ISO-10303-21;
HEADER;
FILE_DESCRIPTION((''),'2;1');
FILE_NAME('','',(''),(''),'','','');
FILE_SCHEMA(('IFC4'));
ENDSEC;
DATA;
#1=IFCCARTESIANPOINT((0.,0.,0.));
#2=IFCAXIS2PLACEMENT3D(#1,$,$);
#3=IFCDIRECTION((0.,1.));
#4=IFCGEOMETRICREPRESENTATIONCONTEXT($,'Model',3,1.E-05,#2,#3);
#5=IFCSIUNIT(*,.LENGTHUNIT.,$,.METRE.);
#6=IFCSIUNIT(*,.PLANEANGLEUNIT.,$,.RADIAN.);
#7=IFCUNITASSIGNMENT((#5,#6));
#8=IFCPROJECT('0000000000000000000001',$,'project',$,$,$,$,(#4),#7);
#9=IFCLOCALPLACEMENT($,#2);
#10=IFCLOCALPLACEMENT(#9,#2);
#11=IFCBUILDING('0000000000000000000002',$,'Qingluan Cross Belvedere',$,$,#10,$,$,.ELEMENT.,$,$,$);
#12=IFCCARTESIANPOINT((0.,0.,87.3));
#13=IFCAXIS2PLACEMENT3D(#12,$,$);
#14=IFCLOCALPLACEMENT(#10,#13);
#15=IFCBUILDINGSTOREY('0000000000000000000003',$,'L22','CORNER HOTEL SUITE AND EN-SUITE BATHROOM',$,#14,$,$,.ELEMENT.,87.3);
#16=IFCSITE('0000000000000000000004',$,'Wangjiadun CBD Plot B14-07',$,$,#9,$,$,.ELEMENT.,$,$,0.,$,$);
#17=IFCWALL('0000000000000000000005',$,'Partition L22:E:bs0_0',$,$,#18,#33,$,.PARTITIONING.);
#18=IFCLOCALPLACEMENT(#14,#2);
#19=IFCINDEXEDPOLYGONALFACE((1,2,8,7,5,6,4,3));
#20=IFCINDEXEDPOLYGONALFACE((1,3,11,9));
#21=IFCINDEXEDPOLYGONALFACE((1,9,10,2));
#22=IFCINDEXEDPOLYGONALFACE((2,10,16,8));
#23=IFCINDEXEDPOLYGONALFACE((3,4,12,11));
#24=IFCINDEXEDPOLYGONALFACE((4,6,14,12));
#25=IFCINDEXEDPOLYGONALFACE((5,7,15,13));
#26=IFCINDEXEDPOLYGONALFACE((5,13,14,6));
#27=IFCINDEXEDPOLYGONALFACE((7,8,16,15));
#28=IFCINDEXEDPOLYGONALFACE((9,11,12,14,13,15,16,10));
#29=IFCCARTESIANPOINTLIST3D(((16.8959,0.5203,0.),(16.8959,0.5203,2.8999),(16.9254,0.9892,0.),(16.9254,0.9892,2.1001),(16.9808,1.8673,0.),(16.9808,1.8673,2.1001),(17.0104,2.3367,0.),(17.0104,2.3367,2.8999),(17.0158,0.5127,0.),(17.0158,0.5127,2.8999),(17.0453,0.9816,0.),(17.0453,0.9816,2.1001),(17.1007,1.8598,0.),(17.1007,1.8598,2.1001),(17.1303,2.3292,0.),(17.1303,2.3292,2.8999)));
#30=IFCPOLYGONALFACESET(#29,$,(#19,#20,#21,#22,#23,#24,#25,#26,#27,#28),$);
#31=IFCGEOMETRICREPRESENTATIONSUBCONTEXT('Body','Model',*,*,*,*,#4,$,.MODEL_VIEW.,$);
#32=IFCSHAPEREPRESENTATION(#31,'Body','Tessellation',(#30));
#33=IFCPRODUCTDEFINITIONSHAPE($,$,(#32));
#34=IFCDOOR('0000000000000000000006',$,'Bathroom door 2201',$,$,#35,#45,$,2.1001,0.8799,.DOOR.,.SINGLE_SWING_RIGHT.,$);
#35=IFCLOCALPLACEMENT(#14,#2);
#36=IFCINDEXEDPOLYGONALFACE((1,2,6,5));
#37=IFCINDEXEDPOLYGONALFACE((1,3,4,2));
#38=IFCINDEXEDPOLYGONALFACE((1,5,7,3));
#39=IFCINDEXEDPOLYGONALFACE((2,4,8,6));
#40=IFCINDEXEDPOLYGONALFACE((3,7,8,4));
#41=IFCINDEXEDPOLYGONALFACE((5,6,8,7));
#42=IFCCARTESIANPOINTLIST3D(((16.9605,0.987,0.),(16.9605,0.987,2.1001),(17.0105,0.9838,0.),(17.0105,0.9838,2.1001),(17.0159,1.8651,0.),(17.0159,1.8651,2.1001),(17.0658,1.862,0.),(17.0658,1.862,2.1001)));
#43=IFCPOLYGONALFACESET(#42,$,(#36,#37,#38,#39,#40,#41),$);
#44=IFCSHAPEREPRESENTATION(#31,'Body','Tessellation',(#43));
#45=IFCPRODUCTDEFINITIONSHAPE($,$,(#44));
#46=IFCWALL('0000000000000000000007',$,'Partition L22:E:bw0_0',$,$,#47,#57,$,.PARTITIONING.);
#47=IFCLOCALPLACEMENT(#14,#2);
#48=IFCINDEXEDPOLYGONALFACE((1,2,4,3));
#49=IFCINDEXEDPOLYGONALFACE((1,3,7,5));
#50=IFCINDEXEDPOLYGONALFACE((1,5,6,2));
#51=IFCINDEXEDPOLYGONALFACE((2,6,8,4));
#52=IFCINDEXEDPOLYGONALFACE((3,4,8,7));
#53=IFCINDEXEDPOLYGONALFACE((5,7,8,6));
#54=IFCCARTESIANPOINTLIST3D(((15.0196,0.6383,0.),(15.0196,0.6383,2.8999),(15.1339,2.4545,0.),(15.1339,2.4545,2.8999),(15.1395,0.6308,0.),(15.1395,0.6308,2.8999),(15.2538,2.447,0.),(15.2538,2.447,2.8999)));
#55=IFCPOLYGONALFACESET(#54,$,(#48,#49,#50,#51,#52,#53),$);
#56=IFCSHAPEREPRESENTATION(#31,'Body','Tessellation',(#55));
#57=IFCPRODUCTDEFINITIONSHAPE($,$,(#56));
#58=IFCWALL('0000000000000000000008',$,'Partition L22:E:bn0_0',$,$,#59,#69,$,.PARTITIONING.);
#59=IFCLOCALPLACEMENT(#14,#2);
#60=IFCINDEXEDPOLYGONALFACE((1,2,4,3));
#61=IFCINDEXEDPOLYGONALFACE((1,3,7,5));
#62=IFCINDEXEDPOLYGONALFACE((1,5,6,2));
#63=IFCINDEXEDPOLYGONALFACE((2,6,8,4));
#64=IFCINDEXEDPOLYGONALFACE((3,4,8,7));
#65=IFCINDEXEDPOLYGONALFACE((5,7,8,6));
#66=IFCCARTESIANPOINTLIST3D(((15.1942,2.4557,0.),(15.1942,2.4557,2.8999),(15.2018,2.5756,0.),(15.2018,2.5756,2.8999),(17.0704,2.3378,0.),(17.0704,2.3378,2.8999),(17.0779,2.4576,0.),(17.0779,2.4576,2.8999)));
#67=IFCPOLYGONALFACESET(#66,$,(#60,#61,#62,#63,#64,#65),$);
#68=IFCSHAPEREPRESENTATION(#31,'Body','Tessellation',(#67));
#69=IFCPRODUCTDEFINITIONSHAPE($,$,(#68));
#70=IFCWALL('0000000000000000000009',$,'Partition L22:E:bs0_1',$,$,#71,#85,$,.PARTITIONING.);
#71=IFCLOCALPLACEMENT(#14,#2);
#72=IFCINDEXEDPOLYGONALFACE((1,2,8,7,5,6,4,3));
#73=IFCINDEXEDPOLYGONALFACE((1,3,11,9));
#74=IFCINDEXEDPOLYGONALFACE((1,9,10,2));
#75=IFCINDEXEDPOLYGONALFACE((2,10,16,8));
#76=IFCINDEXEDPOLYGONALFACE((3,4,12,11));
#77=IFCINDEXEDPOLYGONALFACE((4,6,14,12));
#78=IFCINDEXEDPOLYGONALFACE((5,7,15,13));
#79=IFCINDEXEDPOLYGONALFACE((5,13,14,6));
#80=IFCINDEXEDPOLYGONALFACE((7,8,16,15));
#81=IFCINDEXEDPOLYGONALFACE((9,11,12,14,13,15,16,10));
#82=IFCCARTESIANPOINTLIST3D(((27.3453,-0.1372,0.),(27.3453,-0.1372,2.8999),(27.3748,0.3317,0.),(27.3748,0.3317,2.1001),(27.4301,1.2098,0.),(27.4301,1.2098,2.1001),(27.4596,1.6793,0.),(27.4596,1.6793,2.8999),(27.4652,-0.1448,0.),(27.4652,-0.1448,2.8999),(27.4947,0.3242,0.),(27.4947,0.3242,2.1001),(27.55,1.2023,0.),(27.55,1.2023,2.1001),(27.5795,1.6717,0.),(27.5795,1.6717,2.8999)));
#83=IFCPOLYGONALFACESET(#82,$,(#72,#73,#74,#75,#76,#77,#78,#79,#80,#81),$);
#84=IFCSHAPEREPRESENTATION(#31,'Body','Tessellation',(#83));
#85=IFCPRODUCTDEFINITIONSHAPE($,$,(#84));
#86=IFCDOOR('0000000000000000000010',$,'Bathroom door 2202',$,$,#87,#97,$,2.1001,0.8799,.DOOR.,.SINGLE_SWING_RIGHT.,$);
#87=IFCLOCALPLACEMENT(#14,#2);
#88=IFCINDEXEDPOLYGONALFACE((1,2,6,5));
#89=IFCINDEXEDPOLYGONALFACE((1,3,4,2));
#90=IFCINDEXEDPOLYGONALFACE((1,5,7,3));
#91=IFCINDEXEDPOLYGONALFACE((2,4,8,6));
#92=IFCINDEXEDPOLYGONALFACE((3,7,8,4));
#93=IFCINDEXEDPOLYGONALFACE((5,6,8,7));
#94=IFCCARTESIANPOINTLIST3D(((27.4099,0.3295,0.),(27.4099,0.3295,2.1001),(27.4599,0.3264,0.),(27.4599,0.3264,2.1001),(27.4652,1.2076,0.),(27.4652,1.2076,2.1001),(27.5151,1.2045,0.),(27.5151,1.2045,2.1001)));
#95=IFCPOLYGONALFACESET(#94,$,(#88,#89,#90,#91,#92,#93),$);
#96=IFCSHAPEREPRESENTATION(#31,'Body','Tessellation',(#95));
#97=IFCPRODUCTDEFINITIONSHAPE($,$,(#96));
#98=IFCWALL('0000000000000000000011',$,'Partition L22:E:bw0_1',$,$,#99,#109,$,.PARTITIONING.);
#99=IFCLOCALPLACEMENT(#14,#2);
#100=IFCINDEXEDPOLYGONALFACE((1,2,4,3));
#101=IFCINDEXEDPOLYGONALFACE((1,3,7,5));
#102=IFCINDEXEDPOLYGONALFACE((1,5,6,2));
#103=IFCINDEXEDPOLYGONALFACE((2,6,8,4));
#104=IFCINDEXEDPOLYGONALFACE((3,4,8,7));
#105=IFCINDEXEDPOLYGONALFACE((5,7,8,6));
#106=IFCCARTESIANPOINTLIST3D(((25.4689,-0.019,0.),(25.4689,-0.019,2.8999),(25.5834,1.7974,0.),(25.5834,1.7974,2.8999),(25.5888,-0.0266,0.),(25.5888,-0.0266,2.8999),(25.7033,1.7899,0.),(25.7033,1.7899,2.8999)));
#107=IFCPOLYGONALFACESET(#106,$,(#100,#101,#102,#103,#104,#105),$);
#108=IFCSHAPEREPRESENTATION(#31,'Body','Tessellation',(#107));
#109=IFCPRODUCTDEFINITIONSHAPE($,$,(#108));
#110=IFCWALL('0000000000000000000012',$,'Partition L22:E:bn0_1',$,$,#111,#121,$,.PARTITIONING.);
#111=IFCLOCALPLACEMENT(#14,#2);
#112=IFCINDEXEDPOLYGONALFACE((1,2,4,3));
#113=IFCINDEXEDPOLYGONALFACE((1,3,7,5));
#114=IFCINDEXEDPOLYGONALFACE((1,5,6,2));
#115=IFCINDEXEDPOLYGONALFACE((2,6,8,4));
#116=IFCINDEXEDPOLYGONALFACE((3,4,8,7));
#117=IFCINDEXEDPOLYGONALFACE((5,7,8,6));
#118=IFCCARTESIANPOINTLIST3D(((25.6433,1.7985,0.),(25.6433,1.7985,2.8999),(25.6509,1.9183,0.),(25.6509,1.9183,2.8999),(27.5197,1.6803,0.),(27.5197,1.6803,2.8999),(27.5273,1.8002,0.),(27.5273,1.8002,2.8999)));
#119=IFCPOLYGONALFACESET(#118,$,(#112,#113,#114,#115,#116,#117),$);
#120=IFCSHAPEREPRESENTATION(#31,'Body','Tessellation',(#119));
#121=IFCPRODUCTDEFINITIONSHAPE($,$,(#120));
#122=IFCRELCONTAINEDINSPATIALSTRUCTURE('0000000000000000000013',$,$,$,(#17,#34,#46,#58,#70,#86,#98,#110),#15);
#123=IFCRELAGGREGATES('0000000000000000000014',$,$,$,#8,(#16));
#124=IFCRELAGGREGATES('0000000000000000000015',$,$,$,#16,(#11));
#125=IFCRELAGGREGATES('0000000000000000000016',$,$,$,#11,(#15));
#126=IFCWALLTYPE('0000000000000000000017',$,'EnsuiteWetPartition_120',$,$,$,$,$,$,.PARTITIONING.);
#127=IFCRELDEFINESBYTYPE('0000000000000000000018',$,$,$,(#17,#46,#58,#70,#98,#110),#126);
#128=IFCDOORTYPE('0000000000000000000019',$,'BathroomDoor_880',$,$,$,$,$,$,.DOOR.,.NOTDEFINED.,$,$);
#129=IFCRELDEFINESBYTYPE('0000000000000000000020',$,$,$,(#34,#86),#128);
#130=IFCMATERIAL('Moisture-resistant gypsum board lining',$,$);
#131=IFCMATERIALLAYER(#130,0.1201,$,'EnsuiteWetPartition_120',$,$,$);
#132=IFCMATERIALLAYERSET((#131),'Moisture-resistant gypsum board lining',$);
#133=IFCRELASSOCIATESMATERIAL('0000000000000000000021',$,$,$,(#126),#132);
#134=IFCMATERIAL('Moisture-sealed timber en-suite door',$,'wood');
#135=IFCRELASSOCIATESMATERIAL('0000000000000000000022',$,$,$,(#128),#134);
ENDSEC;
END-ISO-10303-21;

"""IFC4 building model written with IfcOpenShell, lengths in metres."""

from ifc_helpers import new_model, si_unit, direction, frame, frame_2d, origin, place, context, subcontext, project, spatial, rectangle, extrude, material, layer, layer_set, type_object, element, fill, save


model = new_model("IFC4")

# Units and contexts
model_context = context("Model", 3, precision=1e-05, world=origin(), true_north=direction((0.0, 1.0)))
body_context = subcontext(model_context, "Body", "Model", "MODEL_VIEW")
ifc_project = project(units=[si_unit("LENGTHUNIT", "METRE"), si_unit("PLANEANGLEUNIT", "RADIAN")], contexts=[model_context])

# Site, building, storey
site_placement = place(None, origin())
site = spatial("IfcSite", under=ifc_project, at=site_placement, Name="Wangjiadun CBD Plot B14-07", CompositionType="ELEMENT", RefElevation=0.0)
building_placement = place(site_placement, origin())
building = spatial("IfcBuilding", under=site, at=building_placement, Name="Qingluan Cross Belvedere", CompositionType="ELEMENT")
storey_placement = place(building_placement, frame((0.0, 0.0, 87.3)))
storey = spatial("IfcBuildingStorey", under=building, at=storey_placement, Name="L22", Description="CORNER HOTEL SUITE AND EN-SUITE BATHROOM", CompositionType="ELEMENT", Elevation=87.3)

# Wall, opening, door
ifc_material_1 = material(Name="Moisture-resistant gypsum board lining")
ifc_layer_1 = layer(ifc_material_1, 0.1201, Name="EnsuiteWetPartition_120")
ifc_layer_set_1 = layer_set([ifc_layer_1], Name="Moisture-resistant gypsum board lining")
wall_type_1 = type_object("IfcWallType", Name="EnsuiteWetPartition_120", PredefinedType="PARTITIONING", material=ifc_layer_set_1)
wall_1_placement = place(storey_placement, frame((16.9558, 0.5164, 0.0), z_axis=(0.0, 0.0, 1.0), x_axis=(0.062913, 0.998019, 0.0)))
wall_1 = element("IfcWall", 1, at=wall_1_placement, inside=storey, type_object=wall_type_1, Name="Partition L22:E:bs0_0", PredefinedType="PARTITIONING", context=body_context, shape_type="SweptSolid", body=[
    extrude(rectangle(XDim=1.8201, YDim=0.1201, at=frame_2d((0.9102, 0.0))), origin(), (0.0, 0.0, 1.0), 2.8999),
])
opening_1_placement = place(wall_1_placement, frame((0.47, 0.0, 0.0)))
opening_1 = element("IfcOpeningElement", 2, at=opening_1_placement, cuts=wall_1, PredefinedType="OPENING", context=body_context, shape_type="SweptSolid", body=[
    extrude(rectangle(XDim=0.8799, YDim=2.1001, at=frame_2d((0.4399, 1.05))), frame((0.0, 0.0701, 0.0), z_axis=(0.0, -1.0, 0.0), x_axis=(1.0, 0.0, 0.0)), (0.0, 0.0, 1.0), 0.1401),
])
ifc_material_2 = material(Name="Moisture-sealed timber en-suite door", Category="wood")
door_type_1 = type_object("IfcDoorType", Name="BathroomDoor_880", OperationType="NOTDEFINED", PredefinedType="DOOR", material=ifc_material_2)
door_1_placement = place(opening_1_placement, origin())
door_1 = element("IfcDoor", 3, at=door_1_placement, inside=storey, type_object=door_type_1, Name="Bathroom door 2201", OperationType="SINGLE_SWING_RIGHT", OverallHeight=2.1001, OverallWidth=0.8799, PredefinedType="DOOR", context=body_context, shape_type="SweptSolid", body=[
    extrude(rectangle(XDim=0.8799, YDim=2.1001, at=frame_2d((0.4399, 1.05))), frame((0.0, 0.0249, 0.0), z_axis=(0.0, -1.0, 0.0), x_axis=(1.0, 0.0, 0.0)), (0.0, 0.0, 1.0), 0.05),
])
fill(opening_1, door_1)

# Walls
wall_2_placement = place(storey_placement, frame((15.0796, 0.6345, 0.0), z_axis=(0.0, 0.0, 1.0), x_axis=(0.062788, 0.998027, 0.0)))
element("IfcWall", 4, at=wall_2_placement, inside=storey, type_object=wall_type_1, Name="Partition L22:E:bw0_0", PredefinedType="PARTITIONING", context=body_context, shape_type="SweptSolid", body=[
    extrude(rectangle(XDim=1.8198, YDim=0.1201, at=frame_2d((0.9099, 0.0))), origin(), (0.0, 0.0, 1.0), 2.8999),
])
wall_3_placement = place(storey_placement, frame((15.198, 2.5156, 0.0), z_axis=(0.0, 0.0, 1.0), x_axis=(0.998031, -0.062726, 0.0)))
element("IfcWall", 5, at=wall_3_placement, inside=storey, type_object=wall_type_1, Name="Partition L22:E:bn0_0", PredefinedType="PARTITIONING", context=body_context, shape_type="SweptSolid", body=[
    extrude(rectangle(XDim=1.8799, YDim=0.1201, at=frame_2d((0.9399, 0.0))), origin(), (0.0, 0.0, 1.0), 2.8999),
])

# Wall, opening, door
wall_4_placement = place(storey_placement, frame((27.4053, -0.1411, 0.0), z_axis=(0.0, 0.0, 1.0), x_axis=(0.062779, 0.998027, 0.0)))
wall_4 = element("IfcWall", 6, at=wall_4_placement, inside=storey, type_object=wall_type_1, Name="Partition L22:E:bs0_1", PredefinedType="PARTITIONING", context=body_context, shape_type="SweptSolid", body=[
    extrude(rectangle(XDim=1.8201, YDim=0.1201, at=frame_2d((0.9102, 0.0))), origin(), (0.0, 0.0, 1.0), 2.8999),
])
opening_2_placement = place(wall_4_placement, frame((0.47, 0.0, 0.0)))
opening_2 = element("IfcOpeningElement", 7, at=opening_2_placement, cuts=wall_4, PredefinedType="OPENING", context=body_context, shape_type="SweptSolid", body=[
    extrude(rectangle(XDim=0.8799, YDim=2.1001, at=frame_2d((0.4399, 1.05))), frame((0.0, 0.0701, 0.0), z_axis=(0.0, -1.0, 0.0), x_axis=(1.0, 0.0, 0.0)), (0.0, 0.0, 1.0), 0.1401),
])
door_2_placement = place(opening_2_placement, origin())
door_2 = element("IfcDoor", 8, at=door_2_placement, inside=storey, type_object=door_type_1, Name="Bathroom door 2202", OperationType="SINGLE_SWING_RIGHT", OverallHeight=2.1001, OverallWidth=0.8799, PredefinedType="DOOR", context=body_context, shape_type="SweptSolid", body=[
    extrude(rectangle(XDim=0.8799, YDim=2.1001, at=frame_2d((0.4399, 1.05))), frame((0.0, 0.0249, 0.0), z_axis=(0.0, -1.0, 0.0), x_axis=(1.0, 0.0, 0.0)), (0.0, 0.0, 1.0), 0.05),
])
fill(opening_2, door_2)

# Walls
wall_5_placement = place(storey_placement, frame((25.5288, -0.0229, 0.0), z_axis=(0.0, 0.0, 1.0), x_axis=(0.062913, 0.998019, 0.0)))
element("IfcWall", 9, at=wall_5_placement, inside=storey, type_object=wall_type_1, Name="Partition L22:E:bw0_1", PredefinedType="PARTITIONING", context=body_context, shape_type="SweptSolid", body=[
    extrude(rectangle(XDim=1.8201, YDim=0.1201, at=frame_2d((0.9102, 0.0))), origin(), (0.0, 0.0, 1.0), 2.8999),
])
wall_6_placement = place(storey_placement, frame((25.6472, 1.8584, 0.0), z_axis=(0.0, 0.0, 1.0), x_axis=(0.998023, -0.062847, 0.0)))
element("IfcWall", 10, at=wall_6_placement, inside=storey, type_object=wall_type_1, Name="Partition L22:E:bn0_1", PredefinedType="PARTITIONING", context=body_context, shape_type="SweptSolid", body=[
    extrude(rectangle(XDim=1.8801, YDim=0.1201, at=frame_2d((0.9399, 0.0))), origin(), (0.0, 0.0, 1.0), 2.8999),
])

save(model, "model.ifc")
